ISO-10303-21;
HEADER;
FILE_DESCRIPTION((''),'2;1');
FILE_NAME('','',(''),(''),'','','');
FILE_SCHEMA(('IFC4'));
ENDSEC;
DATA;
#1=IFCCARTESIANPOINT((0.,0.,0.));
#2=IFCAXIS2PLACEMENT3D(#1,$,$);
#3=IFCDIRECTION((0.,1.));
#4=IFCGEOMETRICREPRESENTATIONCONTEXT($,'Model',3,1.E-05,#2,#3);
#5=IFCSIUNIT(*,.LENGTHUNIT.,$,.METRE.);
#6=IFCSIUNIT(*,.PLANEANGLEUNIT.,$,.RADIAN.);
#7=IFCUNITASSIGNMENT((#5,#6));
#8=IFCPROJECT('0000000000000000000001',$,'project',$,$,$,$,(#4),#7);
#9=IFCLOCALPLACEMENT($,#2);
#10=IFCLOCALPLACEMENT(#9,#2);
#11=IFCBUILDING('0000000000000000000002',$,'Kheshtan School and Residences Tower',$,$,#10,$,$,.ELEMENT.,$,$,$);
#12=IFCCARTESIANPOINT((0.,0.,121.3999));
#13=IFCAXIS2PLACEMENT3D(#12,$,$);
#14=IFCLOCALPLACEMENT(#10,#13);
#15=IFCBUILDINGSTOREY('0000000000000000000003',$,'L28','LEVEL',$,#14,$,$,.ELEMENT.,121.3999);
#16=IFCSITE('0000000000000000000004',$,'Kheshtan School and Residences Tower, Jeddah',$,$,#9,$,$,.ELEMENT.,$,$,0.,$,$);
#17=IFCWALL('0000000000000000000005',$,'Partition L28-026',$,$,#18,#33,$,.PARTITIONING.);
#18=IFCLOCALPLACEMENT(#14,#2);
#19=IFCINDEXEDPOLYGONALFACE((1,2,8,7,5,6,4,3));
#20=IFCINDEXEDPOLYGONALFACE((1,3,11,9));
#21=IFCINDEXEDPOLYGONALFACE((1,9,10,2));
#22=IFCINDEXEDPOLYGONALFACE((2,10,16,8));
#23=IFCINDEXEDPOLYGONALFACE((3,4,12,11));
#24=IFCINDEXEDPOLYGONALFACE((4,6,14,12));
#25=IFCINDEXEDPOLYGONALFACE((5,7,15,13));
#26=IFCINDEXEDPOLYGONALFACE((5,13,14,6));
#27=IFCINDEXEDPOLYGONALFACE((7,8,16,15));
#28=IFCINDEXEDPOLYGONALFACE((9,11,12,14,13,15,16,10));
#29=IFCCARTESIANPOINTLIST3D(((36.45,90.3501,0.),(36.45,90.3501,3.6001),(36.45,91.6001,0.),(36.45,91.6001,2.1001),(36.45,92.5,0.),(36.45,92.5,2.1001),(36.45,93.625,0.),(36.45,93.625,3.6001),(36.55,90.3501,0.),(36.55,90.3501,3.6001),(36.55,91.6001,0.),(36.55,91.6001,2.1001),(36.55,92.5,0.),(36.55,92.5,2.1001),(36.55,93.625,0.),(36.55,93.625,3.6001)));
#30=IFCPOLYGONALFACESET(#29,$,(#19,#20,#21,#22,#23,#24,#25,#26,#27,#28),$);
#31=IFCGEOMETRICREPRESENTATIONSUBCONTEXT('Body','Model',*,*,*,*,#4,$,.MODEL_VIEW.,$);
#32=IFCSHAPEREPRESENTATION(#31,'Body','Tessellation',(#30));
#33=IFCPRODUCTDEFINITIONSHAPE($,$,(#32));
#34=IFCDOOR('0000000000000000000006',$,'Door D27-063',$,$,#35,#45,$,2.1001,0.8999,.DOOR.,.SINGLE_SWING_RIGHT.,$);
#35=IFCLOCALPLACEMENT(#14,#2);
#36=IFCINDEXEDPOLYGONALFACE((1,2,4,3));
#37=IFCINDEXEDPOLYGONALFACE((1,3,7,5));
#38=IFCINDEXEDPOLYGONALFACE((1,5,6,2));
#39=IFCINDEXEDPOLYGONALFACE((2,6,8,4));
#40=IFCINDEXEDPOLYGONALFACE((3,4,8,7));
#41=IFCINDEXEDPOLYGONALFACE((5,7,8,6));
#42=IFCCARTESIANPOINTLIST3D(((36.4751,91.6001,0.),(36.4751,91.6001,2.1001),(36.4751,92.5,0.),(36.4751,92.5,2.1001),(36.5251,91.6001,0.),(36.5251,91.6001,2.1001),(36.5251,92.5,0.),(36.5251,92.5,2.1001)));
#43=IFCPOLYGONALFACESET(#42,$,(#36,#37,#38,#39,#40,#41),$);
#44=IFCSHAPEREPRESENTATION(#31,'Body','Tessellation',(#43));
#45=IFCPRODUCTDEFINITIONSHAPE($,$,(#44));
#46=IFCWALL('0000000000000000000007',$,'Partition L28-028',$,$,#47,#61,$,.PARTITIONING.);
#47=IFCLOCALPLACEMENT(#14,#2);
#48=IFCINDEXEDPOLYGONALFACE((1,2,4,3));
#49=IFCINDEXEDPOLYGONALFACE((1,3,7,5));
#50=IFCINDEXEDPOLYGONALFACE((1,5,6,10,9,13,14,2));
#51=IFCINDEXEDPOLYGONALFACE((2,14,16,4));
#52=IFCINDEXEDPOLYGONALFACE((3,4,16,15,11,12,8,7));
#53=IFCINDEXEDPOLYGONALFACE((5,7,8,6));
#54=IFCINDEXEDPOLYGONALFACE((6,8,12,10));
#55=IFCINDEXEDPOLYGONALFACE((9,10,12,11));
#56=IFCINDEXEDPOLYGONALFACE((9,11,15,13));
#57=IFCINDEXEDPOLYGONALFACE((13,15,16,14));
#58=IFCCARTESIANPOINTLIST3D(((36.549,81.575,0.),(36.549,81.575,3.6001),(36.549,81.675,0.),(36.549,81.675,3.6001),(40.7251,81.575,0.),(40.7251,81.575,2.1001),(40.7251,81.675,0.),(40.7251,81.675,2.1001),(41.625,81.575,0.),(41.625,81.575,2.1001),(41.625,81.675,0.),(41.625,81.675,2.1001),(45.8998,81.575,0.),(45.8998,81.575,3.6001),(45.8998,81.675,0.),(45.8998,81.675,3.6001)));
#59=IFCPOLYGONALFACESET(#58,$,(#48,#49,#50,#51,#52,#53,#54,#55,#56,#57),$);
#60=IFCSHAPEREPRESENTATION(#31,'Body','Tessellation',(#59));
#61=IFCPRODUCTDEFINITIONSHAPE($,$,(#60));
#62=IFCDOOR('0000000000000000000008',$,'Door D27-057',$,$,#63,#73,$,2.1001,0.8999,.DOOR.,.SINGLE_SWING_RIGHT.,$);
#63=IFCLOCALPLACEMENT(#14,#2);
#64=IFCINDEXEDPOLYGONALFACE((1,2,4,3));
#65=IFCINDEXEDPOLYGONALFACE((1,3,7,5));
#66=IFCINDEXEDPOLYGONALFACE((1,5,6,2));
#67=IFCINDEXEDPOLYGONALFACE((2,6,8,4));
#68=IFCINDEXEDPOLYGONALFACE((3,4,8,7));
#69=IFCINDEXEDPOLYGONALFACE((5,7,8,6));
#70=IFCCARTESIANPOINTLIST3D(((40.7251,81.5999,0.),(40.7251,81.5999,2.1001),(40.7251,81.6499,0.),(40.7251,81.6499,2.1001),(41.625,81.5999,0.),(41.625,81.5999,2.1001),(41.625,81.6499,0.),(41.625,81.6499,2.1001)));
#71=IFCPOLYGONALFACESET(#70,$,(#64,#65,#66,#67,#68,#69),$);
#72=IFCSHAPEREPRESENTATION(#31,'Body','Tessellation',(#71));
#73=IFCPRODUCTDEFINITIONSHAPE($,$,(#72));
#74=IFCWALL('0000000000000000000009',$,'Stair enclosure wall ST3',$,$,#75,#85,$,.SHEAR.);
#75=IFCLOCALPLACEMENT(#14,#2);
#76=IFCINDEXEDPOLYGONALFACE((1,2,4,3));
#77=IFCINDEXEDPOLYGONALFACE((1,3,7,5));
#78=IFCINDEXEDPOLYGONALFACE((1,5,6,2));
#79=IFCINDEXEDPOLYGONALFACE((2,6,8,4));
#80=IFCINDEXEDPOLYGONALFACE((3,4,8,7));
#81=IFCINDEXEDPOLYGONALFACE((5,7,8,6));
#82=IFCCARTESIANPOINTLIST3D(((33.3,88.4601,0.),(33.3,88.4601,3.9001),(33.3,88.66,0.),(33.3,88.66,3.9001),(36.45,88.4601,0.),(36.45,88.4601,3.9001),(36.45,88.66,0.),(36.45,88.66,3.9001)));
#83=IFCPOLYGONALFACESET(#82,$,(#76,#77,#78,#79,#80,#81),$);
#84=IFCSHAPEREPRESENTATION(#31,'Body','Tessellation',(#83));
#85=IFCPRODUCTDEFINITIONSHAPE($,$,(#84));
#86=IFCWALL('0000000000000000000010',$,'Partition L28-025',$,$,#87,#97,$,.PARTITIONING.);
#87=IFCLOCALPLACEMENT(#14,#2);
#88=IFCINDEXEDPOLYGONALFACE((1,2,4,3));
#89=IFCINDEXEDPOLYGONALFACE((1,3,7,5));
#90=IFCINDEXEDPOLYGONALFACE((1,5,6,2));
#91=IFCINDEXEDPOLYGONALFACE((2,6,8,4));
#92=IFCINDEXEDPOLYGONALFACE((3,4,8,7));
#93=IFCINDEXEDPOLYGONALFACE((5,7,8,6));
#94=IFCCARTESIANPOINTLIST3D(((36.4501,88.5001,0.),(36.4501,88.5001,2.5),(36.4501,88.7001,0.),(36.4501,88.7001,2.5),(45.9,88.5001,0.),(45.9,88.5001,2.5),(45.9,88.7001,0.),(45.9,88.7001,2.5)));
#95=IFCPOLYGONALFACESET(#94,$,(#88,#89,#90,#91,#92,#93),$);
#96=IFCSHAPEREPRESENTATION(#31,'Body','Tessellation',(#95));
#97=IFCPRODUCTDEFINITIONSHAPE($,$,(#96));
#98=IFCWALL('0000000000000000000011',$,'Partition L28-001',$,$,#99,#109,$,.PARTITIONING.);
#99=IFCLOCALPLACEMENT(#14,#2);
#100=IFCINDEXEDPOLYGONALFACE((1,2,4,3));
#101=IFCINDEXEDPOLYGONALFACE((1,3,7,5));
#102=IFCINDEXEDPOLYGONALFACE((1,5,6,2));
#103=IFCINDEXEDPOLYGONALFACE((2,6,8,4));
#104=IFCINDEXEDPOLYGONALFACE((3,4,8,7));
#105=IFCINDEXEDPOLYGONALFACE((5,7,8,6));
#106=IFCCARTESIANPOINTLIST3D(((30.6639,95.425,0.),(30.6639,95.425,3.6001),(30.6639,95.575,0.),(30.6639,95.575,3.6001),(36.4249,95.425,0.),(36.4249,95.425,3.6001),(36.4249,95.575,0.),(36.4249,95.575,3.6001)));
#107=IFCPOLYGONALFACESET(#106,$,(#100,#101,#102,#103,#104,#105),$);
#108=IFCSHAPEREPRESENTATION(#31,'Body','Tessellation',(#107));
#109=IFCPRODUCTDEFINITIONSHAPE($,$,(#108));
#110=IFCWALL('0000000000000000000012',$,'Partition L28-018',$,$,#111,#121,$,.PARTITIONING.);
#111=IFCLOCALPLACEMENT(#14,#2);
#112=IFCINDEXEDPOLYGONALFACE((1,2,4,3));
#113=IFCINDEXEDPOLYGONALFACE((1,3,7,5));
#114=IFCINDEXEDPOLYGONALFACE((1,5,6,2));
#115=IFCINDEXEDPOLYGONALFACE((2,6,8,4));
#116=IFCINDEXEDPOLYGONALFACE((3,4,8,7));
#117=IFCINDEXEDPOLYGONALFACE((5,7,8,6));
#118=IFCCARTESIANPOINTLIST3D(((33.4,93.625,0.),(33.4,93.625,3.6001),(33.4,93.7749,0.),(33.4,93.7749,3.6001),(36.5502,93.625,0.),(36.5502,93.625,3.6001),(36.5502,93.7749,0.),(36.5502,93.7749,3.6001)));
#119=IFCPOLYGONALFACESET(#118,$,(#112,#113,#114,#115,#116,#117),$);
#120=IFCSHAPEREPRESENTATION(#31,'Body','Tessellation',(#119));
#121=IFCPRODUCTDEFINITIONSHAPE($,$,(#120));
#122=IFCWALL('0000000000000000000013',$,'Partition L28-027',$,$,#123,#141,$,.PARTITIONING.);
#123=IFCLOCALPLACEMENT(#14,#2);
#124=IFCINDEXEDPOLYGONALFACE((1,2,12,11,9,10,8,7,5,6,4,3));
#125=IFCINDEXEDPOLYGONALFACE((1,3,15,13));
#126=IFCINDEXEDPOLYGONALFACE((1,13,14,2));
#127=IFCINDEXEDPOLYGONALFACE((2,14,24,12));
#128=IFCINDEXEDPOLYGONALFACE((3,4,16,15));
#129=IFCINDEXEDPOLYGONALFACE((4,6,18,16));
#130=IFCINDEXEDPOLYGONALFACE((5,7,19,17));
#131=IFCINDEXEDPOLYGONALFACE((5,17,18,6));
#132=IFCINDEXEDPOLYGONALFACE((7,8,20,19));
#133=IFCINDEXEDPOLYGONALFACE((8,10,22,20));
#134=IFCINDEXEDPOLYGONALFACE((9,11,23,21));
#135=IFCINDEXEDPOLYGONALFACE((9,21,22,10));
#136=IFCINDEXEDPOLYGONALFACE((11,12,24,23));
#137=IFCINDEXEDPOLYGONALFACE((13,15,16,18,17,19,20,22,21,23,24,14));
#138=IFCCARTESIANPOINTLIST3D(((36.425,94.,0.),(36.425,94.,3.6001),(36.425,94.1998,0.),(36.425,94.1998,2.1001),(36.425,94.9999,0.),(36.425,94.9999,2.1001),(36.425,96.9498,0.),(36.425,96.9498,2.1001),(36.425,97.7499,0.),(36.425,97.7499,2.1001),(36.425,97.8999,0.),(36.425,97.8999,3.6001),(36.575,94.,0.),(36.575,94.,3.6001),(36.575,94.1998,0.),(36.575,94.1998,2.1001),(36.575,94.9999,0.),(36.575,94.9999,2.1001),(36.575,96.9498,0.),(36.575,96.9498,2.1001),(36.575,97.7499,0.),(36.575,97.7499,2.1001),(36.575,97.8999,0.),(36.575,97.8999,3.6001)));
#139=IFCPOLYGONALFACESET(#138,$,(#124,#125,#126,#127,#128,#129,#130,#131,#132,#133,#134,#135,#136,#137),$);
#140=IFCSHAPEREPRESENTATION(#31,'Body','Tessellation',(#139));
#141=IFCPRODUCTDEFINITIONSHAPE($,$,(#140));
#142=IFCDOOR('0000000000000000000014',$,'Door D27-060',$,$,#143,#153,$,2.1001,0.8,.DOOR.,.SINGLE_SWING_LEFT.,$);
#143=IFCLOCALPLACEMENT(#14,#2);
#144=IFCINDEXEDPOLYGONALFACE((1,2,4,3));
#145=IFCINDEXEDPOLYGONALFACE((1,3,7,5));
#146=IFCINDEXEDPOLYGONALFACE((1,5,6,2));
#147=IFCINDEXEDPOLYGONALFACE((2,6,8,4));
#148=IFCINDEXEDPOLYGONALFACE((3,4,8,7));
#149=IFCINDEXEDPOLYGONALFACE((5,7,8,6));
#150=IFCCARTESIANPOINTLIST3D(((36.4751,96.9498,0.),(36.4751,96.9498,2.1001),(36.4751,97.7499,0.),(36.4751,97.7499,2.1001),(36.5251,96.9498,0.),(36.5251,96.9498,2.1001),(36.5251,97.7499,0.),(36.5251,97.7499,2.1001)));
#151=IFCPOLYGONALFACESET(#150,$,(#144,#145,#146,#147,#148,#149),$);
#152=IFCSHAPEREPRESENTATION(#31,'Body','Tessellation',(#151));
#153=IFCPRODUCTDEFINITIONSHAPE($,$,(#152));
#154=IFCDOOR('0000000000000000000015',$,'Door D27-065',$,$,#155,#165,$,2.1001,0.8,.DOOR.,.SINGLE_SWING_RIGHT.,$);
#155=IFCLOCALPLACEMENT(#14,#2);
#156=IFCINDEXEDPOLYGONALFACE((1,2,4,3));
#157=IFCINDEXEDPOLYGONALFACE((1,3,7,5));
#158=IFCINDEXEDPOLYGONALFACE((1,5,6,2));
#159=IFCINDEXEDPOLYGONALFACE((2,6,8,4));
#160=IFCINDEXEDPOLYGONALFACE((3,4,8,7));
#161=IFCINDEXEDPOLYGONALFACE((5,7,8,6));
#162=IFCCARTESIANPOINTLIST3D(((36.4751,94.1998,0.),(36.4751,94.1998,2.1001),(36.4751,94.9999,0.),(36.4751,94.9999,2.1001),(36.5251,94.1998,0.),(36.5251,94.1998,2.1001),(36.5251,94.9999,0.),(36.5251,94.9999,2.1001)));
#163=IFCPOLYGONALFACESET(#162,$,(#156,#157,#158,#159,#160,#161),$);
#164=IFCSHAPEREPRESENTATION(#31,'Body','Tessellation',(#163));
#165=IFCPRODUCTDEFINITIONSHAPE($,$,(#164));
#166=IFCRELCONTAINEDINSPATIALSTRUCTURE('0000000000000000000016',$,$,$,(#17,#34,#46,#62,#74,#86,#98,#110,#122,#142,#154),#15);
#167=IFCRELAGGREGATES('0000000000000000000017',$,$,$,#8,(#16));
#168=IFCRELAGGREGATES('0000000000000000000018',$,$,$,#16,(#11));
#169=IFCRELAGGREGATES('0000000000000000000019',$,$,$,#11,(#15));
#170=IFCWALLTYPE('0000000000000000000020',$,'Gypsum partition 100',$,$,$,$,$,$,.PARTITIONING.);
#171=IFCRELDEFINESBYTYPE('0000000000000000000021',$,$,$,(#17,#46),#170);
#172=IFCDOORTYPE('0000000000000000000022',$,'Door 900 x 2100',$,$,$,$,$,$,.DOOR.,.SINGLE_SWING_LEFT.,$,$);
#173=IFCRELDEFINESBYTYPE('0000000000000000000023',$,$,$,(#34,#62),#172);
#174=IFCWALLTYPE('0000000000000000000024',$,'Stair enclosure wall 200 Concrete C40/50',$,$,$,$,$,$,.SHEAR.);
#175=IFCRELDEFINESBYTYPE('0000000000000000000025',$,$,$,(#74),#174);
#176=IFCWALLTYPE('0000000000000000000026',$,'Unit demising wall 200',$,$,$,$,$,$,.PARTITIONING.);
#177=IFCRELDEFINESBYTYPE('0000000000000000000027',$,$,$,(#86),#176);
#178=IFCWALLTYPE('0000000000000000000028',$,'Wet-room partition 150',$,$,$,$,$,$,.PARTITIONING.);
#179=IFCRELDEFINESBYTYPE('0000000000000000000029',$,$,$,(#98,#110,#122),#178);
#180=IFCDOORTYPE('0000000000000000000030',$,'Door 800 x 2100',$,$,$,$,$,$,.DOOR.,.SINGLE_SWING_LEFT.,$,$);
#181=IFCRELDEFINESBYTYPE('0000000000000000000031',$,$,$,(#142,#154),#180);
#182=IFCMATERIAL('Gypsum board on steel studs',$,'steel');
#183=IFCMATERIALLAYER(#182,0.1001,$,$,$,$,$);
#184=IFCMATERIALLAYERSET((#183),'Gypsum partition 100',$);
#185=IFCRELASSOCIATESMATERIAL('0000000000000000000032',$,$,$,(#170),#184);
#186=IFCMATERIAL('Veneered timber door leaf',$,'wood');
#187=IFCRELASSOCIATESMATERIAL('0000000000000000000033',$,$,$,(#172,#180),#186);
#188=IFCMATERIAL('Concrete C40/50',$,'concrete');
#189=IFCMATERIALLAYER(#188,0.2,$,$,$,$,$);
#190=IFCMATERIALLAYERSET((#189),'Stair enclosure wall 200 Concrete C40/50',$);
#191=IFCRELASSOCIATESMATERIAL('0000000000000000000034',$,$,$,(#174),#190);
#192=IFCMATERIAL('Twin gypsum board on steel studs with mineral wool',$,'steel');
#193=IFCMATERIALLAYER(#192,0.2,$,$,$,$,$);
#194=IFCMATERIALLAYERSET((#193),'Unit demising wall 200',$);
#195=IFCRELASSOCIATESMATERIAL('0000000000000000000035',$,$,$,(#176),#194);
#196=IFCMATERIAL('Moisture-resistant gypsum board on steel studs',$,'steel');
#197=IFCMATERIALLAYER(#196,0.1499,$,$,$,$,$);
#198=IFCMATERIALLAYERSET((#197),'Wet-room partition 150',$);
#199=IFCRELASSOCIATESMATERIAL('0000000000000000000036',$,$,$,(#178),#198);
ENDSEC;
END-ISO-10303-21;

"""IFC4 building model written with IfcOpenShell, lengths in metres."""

from ifc_helpers import new_model, si_unit, direction, frame, frame_2d, origin, place, context, subcontext, project, spatial, rectangle, extrude, source, transform, mapped, material, layer, layer_set, type_object, element, fill, save


model = new_model("IFC4")

# Units and contexts
model_context = context("Model", 3, precision=1e-05, world=origin(), true_north=direction((0.0, 1.0)))
body_context = subcontext(model_context, "Body", "Model", "MODEL_VIEW")
ifc_project = project(units=[si_unit("LENGTHUNIT", "METRE"), si_unit("PLANEANGLEUNIT", "RADIAN")], contexts=[model_context])

# Site, building, storey
site_placement = place(None, origin())
site = spatial("IfcSite", under=ifc_project, at=site_placement, Name="Kheshtan School and Residences Tower, Jeddah", CompositionType="ELEMENT", RefElevation=0.0)
building_placement = place(site_placement, origin())
building = spatial("IfcBuilding", under=site, at=building_placement, Name="Kheshtan School and Residences Tower", CompositionType="ELEMENT")
storey_placement = place(building_placement, frame((0.0, 0.0, 121.3999)))
storey = spatial("IfcBuildingStorey", under=building, at=storey_placement, Name="L28", Description="LEVEL", CompositionType="ELEMENT", Elevation=121.3999)

# Shared definitions
ifc_material_1 = material(Name="Gypsum board on steel studs", Category="steel")
ifc_layer_1 = layer(ifc_material_1, 0.1001)
ifc_layer_set_1 = layer_set([ifc_layer_1], Name="Gypsum partition 100")
wall_type_1 = type_object("IfcWallType", Name="Gypsum partition 100", PredefinedType="PARTITIONING", material=ifc_layer_set_1)

# Walls, openings, doors
wall_1_placement = place(storey_placement, frame((36.5, 90.3501, 0.0), z_axis=(0.0, 0.0, 1.0), x_axis=(0.0, 1.0, 0.0)))
wall_1 = element("IfcWall", 1, at=wall_1_placement, inside=storey, type_object=wall_type_1, Name="Partition L28-026", PredefinedType="PARTITIONING", context=body_context, shape_type="SweptSolid", body=[
    extrude(rectangle(XDim=3.2749, YDim=0.1001, at=frame_2d((1.6375, 0.0))), origin(), (0.0, 0.0, 1.0), 3.6001),
])
opening_1_placement = place(wall_1_placement, frame((1.25, 0.0, 0.0)))
opening_1 = element("IfcOpeningElement", 2, at=opening_1_placement, cuts=wall_1, PredefinedType="OPENING", context=body_context, shape_type="SweptSolid", body=[
    extrude(rectangle(XDim=0.8999, YDim=2.1001, at=frame_2d((0.45, 1.05))), frame((0.0, 0.0601, 0.0), z_axis=(0.0, -1.0, 0.0), x_axis=(1.0, 0.0, 0.0)), (0.0, 0.0, 1.0), 0.1201),
])
ifc_material_2 = material(Name="Veneered timber door leaf", Category="wood")
door_type_1 = type_object("IfcDoorType", Name="Door 900 x 2100", OperationType="SINGLE_SWING_LEFT", PredefinedType="DOOR", material=ifc_material_2)
shared_shape_1 = source(origin(), body_context, "Body", "SweptSolid", [
    extrude(rectangle(XDim=0.8999, YDim=2.1001, at=frame_2d((0.45, 1.05))), frame((0.0, 0.0249, 0.0), z_axis=(0.0, -1.0, 0.0), x_axis=(1.0, 0.0, 0.0)), (0.0, 0.0, 1.0), 0.05),
])
door_1_placement = place(opening_1_placement, origin())
door_1 = element("IfcDoor", 3, at=door_1_placement, inside=storey, type_object=door_type_1, Name="Door D27-063", OperationType="SINGLE_SWING_RIGHT", OverallHeight=2.1001, OverallWidth=0.8999, PredefinedType="DOOR", context=body_context, shape_type="MappedRepresentation", body=[
    mapped(shared_shape_1, transform((0.0, 0.0, 0.0), x_axis=(1.0, 0.0, 0.0), y_axis=(0.0, 1.0, 0.0), z_axis=(0.0, 0.0, 1.0), scale=1.0)),
])
fill(opening_1, door_1)
wall_2_placement = place(storey_placement, frame((36.5491, 81.625, 0.0), z_axis=(0.0, 0.0, 1.0), x_axis=(1.0, 0.0, 0.0)))
wall_2 = element("IfcWall", 4, at=wall_2_placement, inside=storey, type_object=wall_type_1, Name="Partition L28-028", PredefinedType="PARTITIONING", context=body_context, shape_type="SweptSolid", body=[
    extrude(rectangle(XDim=9.3508, YDim=0.1001, at=frame_2d((4.6753, 0.0))), origin(), (0.0, 0.0, 1.0), 3.6001),
])
opening_2_placement = place(wall_2_placement, frame((4.176, 0.0, 0.0)))
opening_2 = element("IfcOpeningElement", 5, at=opening_2_placement, cuts=wall_2, PredefinedType="OPENING", context=body_context, shape_type="SweptSolid", body=[
    extrude(rectangle(XDim=0.8999, YDim=2.1001, at=frame_2d((0.45, 1.05))), frame((0.0, 0.0601, 0.0), z_axis=(0.0, -1.0, 0.0), x_axis=(1.0, 0.0, 0.0)), (0.0, 0.0, 1.0), 0.1201),
])
door_2_placement = place(opening_2_placement, origin())
door_2 = element("IfcDoor", 6, at=door_2_placement, inside=storey, type_object=door_type_1, Name="Door D27-057", OperationType="SINGLE_SWING_RIGHT", OverallHeight=2.1001, OverallWidth=0.8999, PredefinedType="DOOR", context=body_context, shape_type="MappedRepresentation", body=[
    mapped(shared_shape_1, transform((0.0, 0.0, 0.0), x_axis=(1.0, 0.0, 0.0), y_axis=(0.0, 1.0, 0.0), z_axis=(0.0, 0.0, 1.0), scale=1.0)),
])
fill(opening_2, door_2)

# Walls
ifc_material_3 = material(Name="Concrete C40/50", Category="concrete")
ifc_layer_2 = layer(ifc_material_3, 0.2)
ifc_layer_set_2 = layer_set([ifc_layer_2], Name="Stair enclosure wall 200 Concrete C40/50")
wall_type_2 = type_object("IfcWallType", Name="Stair enclosure wall 200 Concrete C40/50", PredefinedType="SHEAR", material=ifc_layer_set_2)
wall_3_placement = place(storey_placement, frame((33.3, 88.5601, 0.0), z_axis=(0.0, 0.0, 1.0), x_axis=(1.0, 0.0, 0.0)))
element("IfcWall", 7, at=wall_3_placement, inside=storey, type_object=wall_type_2, Name="Stair enclosure wall ST3", PredefinedType="SHEAR", context=body_context, shape_type="SweptSolid", body=[
    extrude(rectangle(XDim=3.1499, YDim=0.2, at=frame_2d((1.575, 0.0))), origin(), (0.0, 0.0, 1.0), 3.9001),
])
ifc_material_4 = material(Name="Twin gypsum board on steel studs with mineral wool", Category="steel")
ifc_layer_3 = layer(ifc_material_4, 0.2)
ifc_layer_set_3 = layer_set([ifc_layer_3], Name="Unit demising wall 200")
wall_type_3 = type_object("IfcWallType", Name="Unit demising wall 200", PredefinedType="PARTITIONING", material=ifc_layer_set_3)
wall_4_placement = place(storey_placement, frame((36.45, 88.6001, 0.0), z_axis=(0.0, 0.0, 1.0), x_axis=(1.0, 0.0, 0.0)))
element("IfcWall", 8, at=wall_4_placement, inside=storey, type_object=wall_type_3, Name="Partition L28-025", PredefinedType="PARTITIONING", context=body_context, shape_type="SweptSolid", body=[
    extrude(rectangle(XDim=9.45, YDim=0.2, at=frame_2d((4.7251, 0.0))), origin(), (0.0, 0.0, 1.0), 2.5),
])
ifc_material_5 = material(Name="Moisture-resistant gypsum board on steel studs", Category="steel")
ifc_layer_4 = layer(ifc_material_5, 0.1499)
ifc_layer_set_4 = layer_set([ifc_layer_4], Name="Wet-room partition 150")
wall_type_4 = type_object("IfcWallType", Name="Wet-room partition 150", PredefinedType="PARTITIONING", material=ifc_layer_set_4)
wall_5_placement = place(storey_placement, frame((30.6641, 95.5, 0.0), z_axis=(0.0, 0.0, 1.0), x_axis=(1.0, 0.0, 0.0)))
element("IfcWall", 9, at=wall_5_placement, inside=storey, type_object=wall_type_4, Name="Partition L28-001", PredefinedType="PARTITIONING", context=body_context, shape_type="SweptSolid", body=[
    extrude(rectangle(XDim=5.761, YDim=0.1499, at=frame_2d((2.8804, 0.0))), origin(), (0.0, 0.0, 1.0), 3.6001),
])
wall_6_placement = place(storey_placement, frame((33.3999, 93.7, 0.0), z_axis=(0.0, 0.0, 1.0), x_axis=(1.0, 0.0, 0.0)))
element("IfcWall", 10, at=wall_6_placement, inside=storey, type_object=wall_type_4, Name="Partition L28-018", PredefinedType="PARTITIONING", context=body_context, shape_type="SweptSolid", body=[
    extrude(rectangle(XDim=3.1501, YDim=0.1499, at=frame_2d((1.5752, 0.0))), origin(), (0.0, 0.0, 1.0), 3.6001),
])

# Wall, openings, doors
wall_7_placement = place(storey_placement, frame((36.5, 94.0, 0.0), z_axis=(0.0, 0.0, 1.0), x_axis=(0.0, 1.0, 0.0)))
wall_7 = element("IfcWall", 11, at=wall_7_placement, inside=storey, type_object=wall_type_4, Name="Partition L28-027", PredefinedType="PARTITIONING", context=body_context, shape_type="SweptSolid", body=[
    extrude(rectangle(XDim=3.8999, YDim=0.1499, at=frame_2d((1.95, 0.0))), origin(), (0.0, 0.0, 1.0), 3.6001),
])
opening_3_placement = place(wall_7_placement, frame((2.95, 0.0, 0.0)))
opening_3 = element("IfcOpeningElement", 12, at=opening_3_placement, cuts=wall_7, PredefinedType="OPENING", context=body_context, shape_type="SweptSolid", body=[
    extrude(rectangle(XDim=0.8, YDim=2.1001, at=frame_2d((0.3999, 1.05))), frame((0.0, 0.085, 0.0), z_axis=(0.0, -1.0, 0.0), x_axis=(1.0, 0.0, 0.0)), (0.0, 0.0, 1.0), 0.1699),
])
opening_4_placement = place(wall_7_placement, frame((0.2, 0.0, 0.0)))
opening_4 = element("IfcOpeningElement", 13, at=opening_4_placement, cuts=wall_7, PredefinedType="OPENING", context=body_context, shape_type="SweptSolid", body=[
    extrude(rectangle(XDim=0.8, YDim=2.1001, at=frame_2d((0.3999, 1.05))), frame((0.0, 0.085, 0.0), z_axis=(0.0, -1.0, 0.0), x_axis=(1.0, 0.0, 0.0)), (0.0, 0.0, 1.0), 0.1699),
])
door_type_2 = type_object("IfcDoorType", Name="Door 800 x 2100", OperationType="SINGLE_SWING_LEFT", PredefinedType="DOOR", material=ifc_material_2)
shared_shape_2 = source(origin(), body_context, "Body", "SweptSolid", [
    extrude(rectangle(XDim=0.8, YDim=2.1001, at=frame_2d((0.3999, 1.05))), frame((0.0, 0.0249, 0.0), z_axis=(0.0, -1.0, 0.0), x_axis=(1.0, 0.0, 0.0)), (0.0, 0.0, 1.0), 0.05),
])
door_3_placement = place(opening_3_placement, origin())
door_3 = element("IfcDoor", 14, at=door_3_placement, inside=storey, type_object=door_type_2, Name="Door D27-060", OperationType="SINGLE_SWING_LEFT", OverallHeight=2.1001, OverallWidth=0.8, PredefinedType="DOOR", context=body_context, shape_type="MappedRepresentation", body=[
    mapped(shared_shape_2, transform((0.0, 0.0, 0.0), x_axis=(1.0, 0.0, 0.0), y_axis=(0.0, 1.0, 0.0), z_axis=(0.0, 0.0, 1.0), scale=1.0)),
])
fill(opening_3, door_3)
door_4_placement = place(opening_4_placement, origin())
door_4 = element("IfcDoor", 15, at=door_4_placement, inside=storey, type_object=door_type_2, Name="Door D27-065", OperationType="SINGLE_SWING_RIGHT", OverallHeight=2.1001, OverallWidth=0.8, PredefinedType="DOOR", context=body_context, shape_type="MappedRepresentation", body=[
    mapped(shared_shape_2, transform((0.0, 0.0, 0.0), x_axis=(1.0, 0.0, 0.0), y_axis=(0.0, 1.0, 0.0), z_axis=(0.0, 0.0, 1.0), scale=1.0)),
])
fill(opening_4, door_4)

save(model, "model.ifc")
